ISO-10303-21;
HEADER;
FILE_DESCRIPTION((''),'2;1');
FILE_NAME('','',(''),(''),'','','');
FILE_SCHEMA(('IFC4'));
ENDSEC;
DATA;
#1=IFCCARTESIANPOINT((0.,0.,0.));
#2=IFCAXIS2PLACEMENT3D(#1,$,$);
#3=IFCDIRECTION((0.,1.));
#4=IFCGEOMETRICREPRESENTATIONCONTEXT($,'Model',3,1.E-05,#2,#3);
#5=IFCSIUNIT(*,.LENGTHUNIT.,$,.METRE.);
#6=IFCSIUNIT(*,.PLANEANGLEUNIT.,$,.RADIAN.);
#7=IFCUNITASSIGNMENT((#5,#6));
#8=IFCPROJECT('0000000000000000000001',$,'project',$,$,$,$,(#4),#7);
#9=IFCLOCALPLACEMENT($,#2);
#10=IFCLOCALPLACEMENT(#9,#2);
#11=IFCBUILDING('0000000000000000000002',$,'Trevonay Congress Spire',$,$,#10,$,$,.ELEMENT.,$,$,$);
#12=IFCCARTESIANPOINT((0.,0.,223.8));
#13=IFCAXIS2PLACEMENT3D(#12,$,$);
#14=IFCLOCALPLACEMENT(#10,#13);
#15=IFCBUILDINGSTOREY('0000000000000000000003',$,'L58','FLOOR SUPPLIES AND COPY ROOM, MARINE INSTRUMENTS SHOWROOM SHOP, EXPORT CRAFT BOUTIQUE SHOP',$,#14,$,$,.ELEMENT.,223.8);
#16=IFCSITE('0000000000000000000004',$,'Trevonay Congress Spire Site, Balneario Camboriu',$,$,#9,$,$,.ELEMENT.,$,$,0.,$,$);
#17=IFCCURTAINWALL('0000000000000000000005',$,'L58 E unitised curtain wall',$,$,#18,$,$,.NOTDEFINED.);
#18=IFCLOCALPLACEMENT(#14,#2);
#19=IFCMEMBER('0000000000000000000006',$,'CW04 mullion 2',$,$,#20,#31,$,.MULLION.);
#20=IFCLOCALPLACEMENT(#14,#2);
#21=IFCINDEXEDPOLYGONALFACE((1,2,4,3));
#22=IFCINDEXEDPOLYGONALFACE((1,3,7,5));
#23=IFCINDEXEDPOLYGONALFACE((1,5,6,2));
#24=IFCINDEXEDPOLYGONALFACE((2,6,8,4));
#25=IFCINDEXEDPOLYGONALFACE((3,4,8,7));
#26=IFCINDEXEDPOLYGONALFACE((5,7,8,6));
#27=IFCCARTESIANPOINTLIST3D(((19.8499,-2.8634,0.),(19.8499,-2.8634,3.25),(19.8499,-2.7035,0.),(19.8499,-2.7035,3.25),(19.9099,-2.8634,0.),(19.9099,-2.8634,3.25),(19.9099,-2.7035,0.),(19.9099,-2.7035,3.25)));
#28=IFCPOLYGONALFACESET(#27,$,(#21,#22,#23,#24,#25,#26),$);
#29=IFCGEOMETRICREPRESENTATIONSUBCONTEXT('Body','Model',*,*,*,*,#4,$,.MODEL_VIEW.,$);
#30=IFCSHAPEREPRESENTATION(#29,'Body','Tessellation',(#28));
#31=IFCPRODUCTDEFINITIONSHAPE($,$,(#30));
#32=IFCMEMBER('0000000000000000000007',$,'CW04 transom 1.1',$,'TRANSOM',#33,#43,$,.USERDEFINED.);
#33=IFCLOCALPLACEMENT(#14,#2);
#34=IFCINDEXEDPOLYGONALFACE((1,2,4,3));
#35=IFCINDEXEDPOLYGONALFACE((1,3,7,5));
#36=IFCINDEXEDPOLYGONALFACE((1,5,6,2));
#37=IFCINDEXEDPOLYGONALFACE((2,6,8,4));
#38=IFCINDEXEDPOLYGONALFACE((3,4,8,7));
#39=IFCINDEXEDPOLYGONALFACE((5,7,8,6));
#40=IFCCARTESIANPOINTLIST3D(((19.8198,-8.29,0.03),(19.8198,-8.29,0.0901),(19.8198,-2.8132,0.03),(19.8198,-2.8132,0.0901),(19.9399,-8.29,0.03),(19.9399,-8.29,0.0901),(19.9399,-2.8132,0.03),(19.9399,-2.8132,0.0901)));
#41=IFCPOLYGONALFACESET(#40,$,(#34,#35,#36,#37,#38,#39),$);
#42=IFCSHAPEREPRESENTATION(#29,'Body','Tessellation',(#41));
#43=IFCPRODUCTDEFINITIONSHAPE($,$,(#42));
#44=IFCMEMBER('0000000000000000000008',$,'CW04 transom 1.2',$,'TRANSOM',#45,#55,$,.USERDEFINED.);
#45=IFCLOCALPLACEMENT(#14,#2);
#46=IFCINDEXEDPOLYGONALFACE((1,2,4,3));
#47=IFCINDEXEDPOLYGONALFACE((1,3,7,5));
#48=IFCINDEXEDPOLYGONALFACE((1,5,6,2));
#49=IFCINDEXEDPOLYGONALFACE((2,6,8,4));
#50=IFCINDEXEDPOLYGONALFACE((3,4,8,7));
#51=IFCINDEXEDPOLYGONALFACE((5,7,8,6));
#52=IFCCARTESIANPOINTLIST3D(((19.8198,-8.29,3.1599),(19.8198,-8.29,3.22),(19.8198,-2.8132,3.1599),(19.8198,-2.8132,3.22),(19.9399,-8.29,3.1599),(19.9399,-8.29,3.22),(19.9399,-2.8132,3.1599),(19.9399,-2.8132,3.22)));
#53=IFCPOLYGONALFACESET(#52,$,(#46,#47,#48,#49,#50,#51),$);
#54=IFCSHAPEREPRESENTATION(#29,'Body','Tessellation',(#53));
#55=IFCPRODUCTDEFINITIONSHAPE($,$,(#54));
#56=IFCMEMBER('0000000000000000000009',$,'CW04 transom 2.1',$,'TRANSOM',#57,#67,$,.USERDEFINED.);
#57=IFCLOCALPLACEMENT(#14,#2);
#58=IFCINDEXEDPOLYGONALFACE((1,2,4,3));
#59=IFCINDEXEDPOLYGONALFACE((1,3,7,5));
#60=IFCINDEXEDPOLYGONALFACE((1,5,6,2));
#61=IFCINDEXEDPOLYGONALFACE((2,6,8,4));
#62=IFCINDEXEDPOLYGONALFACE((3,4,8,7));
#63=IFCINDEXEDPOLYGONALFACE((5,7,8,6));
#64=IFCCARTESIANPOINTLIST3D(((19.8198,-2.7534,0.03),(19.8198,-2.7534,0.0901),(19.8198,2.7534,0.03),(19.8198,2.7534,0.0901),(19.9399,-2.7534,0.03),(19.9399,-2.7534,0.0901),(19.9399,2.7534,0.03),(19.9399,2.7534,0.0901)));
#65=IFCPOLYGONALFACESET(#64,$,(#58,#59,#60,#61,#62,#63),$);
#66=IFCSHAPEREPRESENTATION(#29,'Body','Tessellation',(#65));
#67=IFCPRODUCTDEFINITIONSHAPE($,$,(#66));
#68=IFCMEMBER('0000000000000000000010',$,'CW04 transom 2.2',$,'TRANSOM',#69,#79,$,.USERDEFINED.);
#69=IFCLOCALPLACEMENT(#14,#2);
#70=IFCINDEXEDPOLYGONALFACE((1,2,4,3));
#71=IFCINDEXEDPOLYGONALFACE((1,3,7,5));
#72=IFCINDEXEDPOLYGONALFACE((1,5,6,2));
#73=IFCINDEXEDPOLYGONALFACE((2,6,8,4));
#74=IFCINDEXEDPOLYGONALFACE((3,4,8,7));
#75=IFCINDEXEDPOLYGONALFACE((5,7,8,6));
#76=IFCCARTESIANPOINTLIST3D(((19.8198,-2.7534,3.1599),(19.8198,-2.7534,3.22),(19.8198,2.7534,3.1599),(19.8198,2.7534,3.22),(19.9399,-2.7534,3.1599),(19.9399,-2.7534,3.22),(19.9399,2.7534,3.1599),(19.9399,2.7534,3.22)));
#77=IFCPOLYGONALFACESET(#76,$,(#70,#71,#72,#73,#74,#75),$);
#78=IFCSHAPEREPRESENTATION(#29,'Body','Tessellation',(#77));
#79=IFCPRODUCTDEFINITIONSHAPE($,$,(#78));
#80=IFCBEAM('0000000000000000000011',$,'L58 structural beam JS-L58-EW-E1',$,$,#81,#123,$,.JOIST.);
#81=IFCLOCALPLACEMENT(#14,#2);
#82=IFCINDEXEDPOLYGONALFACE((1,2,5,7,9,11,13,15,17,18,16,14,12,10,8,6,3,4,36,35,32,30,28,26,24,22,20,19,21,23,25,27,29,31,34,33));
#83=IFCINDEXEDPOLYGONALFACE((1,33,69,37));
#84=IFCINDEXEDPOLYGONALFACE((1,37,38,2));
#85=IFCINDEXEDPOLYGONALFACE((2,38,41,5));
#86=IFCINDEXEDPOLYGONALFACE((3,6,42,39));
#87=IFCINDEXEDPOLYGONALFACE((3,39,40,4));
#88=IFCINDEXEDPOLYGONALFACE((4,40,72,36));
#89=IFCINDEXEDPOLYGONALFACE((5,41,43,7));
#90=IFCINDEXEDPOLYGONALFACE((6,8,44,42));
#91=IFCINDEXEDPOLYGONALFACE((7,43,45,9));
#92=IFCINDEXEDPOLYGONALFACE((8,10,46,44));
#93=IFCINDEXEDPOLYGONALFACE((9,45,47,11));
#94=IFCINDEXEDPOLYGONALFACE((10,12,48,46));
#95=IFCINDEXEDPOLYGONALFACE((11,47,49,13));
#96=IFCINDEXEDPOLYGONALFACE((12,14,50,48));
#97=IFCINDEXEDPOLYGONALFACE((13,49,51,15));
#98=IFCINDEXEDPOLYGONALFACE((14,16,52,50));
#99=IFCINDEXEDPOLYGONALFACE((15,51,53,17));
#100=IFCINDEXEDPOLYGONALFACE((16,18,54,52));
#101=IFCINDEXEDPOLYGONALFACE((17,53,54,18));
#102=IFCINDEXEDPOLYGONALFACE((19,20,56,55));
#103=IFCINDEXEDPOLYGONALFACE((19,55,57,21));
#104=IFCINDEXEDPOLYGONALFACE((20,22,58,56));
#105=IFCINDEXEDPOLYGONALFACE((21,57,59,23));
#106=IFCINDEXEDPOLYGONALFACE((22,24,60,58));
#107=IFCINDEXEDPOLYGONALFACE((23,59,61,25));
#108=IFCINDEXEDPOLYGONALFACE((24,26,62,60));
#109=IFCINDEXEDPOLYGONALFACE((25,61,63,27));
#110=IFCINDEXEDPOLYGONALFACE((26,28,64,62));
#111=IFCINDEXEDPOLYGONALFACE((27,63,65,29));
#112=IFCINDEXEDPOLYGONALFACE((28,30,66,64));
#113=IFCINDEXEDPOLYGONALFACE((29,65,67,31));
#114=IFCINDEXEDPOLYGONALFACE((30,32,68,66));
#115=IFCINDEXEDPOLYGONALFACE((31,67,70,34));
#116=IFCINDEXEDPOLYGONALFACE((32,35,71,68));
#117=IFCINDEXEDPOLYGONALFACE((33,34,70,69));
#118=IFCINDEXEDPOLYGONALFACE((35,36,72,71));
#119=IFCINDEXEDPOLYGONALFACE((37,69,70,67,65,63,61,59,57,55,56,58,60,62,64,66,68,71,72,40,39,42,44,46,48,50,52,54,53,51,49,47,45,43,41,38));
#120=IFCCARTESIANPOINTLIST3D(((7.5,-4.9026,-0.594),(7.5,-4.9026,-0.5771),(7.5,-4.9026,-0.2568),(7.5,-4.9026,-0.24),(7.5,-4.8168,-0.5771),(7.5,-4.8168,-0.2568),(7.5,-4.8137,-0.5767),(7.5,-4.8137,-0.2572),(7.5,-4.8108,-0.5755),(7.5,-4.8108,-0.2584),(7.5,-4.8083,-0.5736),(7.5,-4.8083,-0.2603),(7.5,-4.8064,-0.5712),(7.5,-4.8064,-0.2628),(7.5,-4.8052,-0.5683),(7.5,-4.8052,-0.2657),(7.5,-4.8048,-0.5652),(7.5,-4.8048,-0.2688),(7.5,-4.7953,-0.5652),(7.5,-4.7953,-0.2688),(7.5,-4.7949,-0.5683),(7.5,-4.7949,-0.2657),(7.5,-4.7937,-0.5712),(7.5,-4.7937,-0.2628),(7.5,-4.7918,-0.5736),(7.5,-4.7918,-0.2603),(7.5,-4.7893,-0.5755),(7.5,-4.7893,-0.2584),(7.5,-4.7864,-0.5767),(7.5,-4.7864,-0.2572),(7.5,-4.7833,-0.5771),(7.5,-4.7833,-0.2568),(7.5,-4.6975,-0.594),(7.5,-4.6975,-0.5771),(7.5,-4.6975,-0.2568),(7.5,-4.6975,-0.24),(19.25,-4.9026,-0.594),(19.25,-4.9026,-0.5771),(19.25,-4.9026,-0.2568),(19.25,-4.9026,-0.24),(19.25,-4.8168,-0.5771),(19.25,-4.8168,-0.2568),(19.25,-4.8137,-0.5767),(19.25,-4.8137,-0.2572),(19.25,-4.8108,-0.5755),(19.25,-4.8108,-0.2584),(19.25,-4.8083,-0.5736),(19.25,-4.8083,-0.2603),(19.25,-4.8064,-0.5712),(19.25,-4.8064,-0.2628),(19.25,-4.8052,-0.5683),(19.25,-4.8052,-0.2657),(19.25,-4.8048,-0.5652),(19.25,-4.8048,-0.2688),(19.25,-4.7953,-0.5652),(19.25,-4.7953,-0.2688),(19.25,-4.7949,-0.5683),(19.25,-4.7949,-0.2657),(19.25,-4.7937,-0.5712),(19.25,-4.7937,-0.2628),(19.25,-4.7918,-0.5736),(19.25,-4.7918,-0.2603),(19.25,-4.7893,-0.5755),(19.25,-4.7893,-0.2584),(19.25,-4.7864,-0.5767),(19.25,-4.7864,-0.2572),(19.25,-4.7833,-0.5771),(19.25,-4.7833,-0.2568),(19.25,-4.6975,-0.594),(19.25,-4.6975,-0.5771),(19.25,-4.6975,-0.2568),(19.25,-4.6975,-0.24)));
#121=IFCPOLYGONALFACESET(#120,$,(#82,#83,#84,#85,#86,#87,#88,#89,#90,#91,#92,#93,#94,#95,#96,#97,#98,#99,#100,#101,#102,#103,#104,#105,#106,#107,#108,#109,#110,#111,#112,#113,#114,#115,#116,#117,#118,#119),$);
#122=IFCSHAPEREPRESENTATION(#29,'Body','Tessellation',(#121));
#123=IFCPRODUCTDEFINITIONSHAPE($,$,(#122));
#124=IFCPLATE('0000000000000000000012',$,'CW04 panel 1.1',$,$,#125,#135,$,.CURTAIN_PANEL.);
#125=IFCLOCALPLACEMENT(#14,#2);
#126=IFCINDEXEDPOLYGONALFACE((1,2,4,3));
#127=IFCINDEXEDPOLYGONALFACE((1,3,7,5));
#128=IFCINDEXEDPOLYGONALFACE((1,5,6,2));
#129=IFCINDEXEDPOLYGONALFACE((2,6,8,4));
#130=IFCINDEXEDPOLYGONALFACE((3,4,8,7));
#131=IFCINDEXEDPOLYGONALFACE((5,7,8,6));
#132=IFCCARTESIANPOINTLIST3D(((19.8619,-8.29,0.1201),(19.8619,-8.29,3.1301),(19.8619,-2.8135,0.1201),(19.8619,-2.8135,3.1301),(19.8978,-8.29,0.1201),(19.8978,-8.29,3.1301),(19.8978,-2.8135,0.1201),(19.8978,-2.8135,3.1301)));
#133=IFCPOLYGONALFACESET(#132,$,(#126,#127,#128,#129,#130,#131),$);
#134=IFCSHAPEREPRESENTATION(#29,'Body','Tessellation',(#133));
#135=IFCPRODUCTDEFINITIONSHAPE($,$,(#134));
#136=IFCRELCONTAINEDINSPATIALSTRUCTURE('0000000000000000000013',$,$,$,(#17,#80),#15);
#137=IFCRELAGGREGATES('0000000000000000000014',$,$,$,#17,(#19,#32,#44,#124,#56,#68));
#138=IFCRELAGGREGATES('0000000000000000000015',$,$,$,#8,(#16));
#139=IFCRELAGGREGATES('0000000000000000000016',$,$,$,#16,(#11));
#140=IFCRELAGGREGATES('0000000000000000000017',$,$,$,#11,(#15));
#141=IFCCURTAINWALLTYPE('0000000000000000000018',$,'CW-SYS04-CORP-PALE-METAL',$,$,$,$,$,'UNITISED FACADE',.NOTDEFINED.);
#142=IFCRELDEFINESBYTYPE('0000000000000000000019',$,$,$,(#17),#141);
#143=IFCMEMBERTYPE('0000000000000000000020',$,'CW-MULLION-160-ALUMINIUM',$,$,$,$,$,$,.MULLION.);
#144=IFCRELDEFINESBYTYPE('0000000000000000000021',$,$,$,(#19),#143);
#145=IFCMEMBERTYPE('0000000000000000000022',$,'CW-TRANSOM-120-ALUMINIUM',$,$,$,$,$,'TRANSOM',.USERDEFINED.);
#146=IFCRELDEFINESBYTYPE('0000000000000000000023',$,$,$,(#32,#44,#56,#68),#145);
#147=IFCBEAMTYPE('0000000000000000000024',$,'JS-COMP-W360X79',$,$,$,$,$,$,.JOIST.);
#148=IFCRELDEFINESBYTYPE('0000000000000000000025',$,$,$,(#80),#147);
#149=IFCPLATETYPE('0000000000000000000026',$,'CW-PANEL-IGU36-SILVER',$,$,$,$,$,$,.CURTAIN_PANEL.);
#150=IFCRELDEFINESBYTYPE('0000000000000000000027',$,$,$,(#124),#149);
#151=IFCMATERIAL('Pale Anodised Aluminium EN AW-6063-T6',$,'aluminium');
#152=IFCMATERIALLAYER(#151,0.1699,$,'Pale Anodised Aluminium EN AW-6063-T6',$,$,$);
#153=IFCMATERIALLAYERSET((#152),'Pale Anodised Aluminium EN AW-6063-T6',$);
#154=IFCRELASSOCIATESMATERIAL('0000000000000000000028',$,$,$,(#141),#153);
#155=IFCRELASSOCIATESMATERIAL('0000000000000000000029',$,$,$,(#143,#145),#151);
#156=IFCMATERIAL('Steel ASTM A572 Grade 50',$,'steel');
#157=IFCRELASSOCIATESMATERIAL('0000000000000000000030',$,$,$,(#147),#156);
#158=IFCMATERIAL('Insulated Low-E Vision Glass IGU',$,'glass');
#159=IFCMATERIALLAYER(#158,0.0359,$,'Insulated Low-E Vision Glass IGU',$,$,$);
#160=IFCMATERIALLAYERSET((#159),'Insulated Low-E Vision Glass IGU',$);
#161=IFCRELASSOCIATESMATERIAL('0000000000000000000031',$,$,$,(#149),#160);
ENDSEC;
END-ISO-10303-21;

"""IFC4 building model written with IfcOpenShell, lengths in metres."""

from ifc_helpers import new_model, si_unit, direction, frame, origin, origin_2d, place, context, subcontext, project, spatial, rectangle, i_section, extrude, material, layer, layer_set, material_profile, profile_set, type_object, element, aggregate, save


model = new_model("IFC4")

# Units and contexts
model_context = context("Model", 3, precision=1e-05, world=origin(), true_north=direction((0.0, 1.0)))
body_context = subcontext(model_context, "Body", "Model", "MODEL_VIEW")
ifc_project = project(units=[si_unit("LENGTHUNIT", "METRE"), si_unit("PLANEANGLEUNIT", "RADIAN")], contexts=[model_context])

# Site, building, storey
site_placement = place(None, origin())
site = spatial("IfcSite", under=ifc_project, at=site_placement, Name="Trevonay Congress Spire Site, Balneario Camboriu", CompositionType="ELEMENT", RefElevation=0.0)
building_placement = place(site_placement, origin())
building = spatial("IfcBuilding", under=site, at=building_placement, Name="Trevonay Congress Spire", CompositionType="ELEMENT")
storey_placement = place(building_placement, frame((0.0, 0.0, 223.8)))
storey = spatial("IfcBuildingStorey", under=building, at=storey_placement, Name="L58", Description="FLOOR SUPPLIES AND COPY ROOM, MARINE INSTRUMENTS SHOWROOM SHOP, EXPORT CRAFT BOUTIQUE SHOP", CompositionType="ELEMENT", Elevation=223.8)

# Shared definitions
ifc_material_1 = material(Name="Steel ASTM A572 Grade 50", Category="steel")

# Curtain wall, members
ifc_material_2 = material(Name="Pale Anodised Aluminium EN AW-6063-T6", Category="aluminium")
ifc_layer_1 = layer(ifc_material_2, 0.1699, Name="Pale Anodised Aluminium EN AW-6063-T6")
ifc_layer_set_1 = layer_set([ifc_layer_1], Name="Pale Anodised Aluminium EN AW-6063-T6")
curtain_wall_type = type_object("IfcCurtainWallType", Name="CW-SYS04-CORP-PALE-METAL", ElementType="UNITISED FACADE", PredefinedType="NOTDEFINED", material=ifc_layer_set_1)
curtain_wall_placement = place(storey_placement, origin())
curtain_wall = element("IfcCurtainWall", 1, at=curtain_wall_placement, inside=storey, type_object=curtain_wall_type, Name="L58 E unitised curtain wall", PredefinedType="NOTDEFINED")
ifc_material_profile_1 = material_profile(ifc_material_2, rectangle(XDim=0.0601, YDim=0.1599, at=origin_2d()), Name="CW-MULLION-160-ALUMINIUM")
ifc_profile_set_1 = profile_set([ifc_material_profile_1], Name="Pale Anodised Aluminium EN AW-6063-T6")
member_type_1 = type_object("IfcMemberType", Name="CW-MULLION-160-ALUMINIUM", PredefinedType="MULLION", material=ifc_profile_set_1)
member_1_placement = place(storey_placement, frame((19.8799, -2.7834, 0.0), z_axis=(0.0, 0.0, 1.0), x_axis=(-1.0, 0.0, 0.0)))
member_1 = element("IfcMember", 2, at=member_1_placement, type_object=member_type_1, Name="CW04 mullion 2", PredefinedType="MULLION", context=body_context, shape_type="SweptSolid", body=[
    extrude(rectangle(XDim=0.0601, YDim=0.1599, at=origin_2d()), origin(), (0.0, 0.0, 1.0), 3.25),
])
ifc_material_profile_2 = material_profile(ifc_material_2, rectangle(XDim=0.1201, YDim=0.0601, at=origin_2d()), Name="CW-TRANSOM-120-ALUMINIUM")
ifc_profile_set_2 = profile_set([ifc_material_profile_2], Name="Pale Anodised Aluminium EN AW-6063-T6")
member_type_2 = type_object("IfcMemberType", Name="CW-TRANSOM-120-ALUMINIUM", ElementType="TRANSOM", PredefinedType="USERDEFINED", material=ifc_profile_set_2)
member_2_placement = place(storey_placement, frame((19.8799, -8.29, 0.0601), z_axis=(0.0, 1.0, 0.0), x_axis=(-1.0, 0.0, 0.0)))
member_2 = element("IfcMember", 3, at=member_2_placement, type_object=member_type_2, Name="CW04 transom 1.1", ObjectType="TRANSOM", PredefinedType="USERDEFINED", context=body_context, shape_type="SweptSolid", body=[
    extrude(rectangle(XDim=0.1201, YDim=0.0601, at=origin_2d()), origin(), (0.0, 0.0, 1.0), 5.4768),
])
member_3_placement = place(storey_placement, frame((19.8799, -8.29, 3.1899), z_axis=(0.0, 1.0, 0.0), x_axis=(-1.0, 0.0, 0.0)))
member_3 = element("IfcMember", 4, at=member_3_placement, type_object=member_type_2, Name="CW04 transom 1.2", ObjectType="TRANSOM", PredefinedType="USERDEFINED", context=body_context, shape_type="SweptSolid", body=[
    extrude(rectangle(XDim=0.1201, YDim=0.0601, at=origin_2d()), origin(), (0.0, 0.0, 1.0), 5.4768),
])
member_4_placement = place(storey_placement, frame((19.8799, -2.7534, 0.0601), z_axis=(0.0, 1.0, 0.0), x_axis=(-1.0, 0.0, 0.0)))
member_4 = element("IfcMember", 5, at=member_4_placement, type_object=member_type_2, Name="CW04 transom 2.1", ObjectType="TRANSOM", PredefinedType="USERDEFINED", context=body_context, shape_type="SweptSolid", body=[
    extrude(rectangle(XDim=0.1201, YDim=0.0601, at=origin_2d()), origin(), (0.0, 0.0, 1.0), 5.5068),
])
member_5_placement = place(storey_placement, frame((19.8799, -2.7534, 3.1899), z_axis=(0.0, 1.0, 0.0), x_axis=(-1.0, 0.0, 0.0)))
member_5 = element("IfcMember", 6, at=member_5_placement, type_object=member_type_2, Name="CW04 transom 2.2", ObjectType="TRANSOM", PredefinedType="USERDEFINED", context=body_context, shape_type="SweptSolid", body=[
    extrude(rectangle(XDim=0.1201, YDim=0.0601, at=origin_2d()), origin(), (0.0, 0.0, 1.0), 5.5068),
])

# Beam
ifc_material_profile_3 = material_profile(ifc_material_1, i_section(OverallWidth=0.2051, OverallDepth=0.354, WebThickness=0.0095, FlangeThickness=0.0168, FilletRadius=0.012, at=origin_2d()), Name="W360x79")
ifc_profile_set_3 = profile_set([ifc_material_profile_3], Name="Steel ASTM A572 Grade 50")
beam_type_1 = type_object("IfcBeamType", Name="JS-COMP-W360X79", PredefinedType="JOIST", material=ifc_profile_set_3)
beam_1_placement = place(storey_placement, frame((7.5, -4.8, -0.417), z_axis=(1.0, 0.0, 0.0), x_axis=(0.0, 1.0, 0.0)))
element("IfcBeam", 7, at=beam_1_placement, inside=storey, type_object=beam_type_1, Name="L58 structural beam JS-L58-EW-E1", PredefinedType="JOIST", context=body_context, shape_type="SweptSolid", body=[
    extrude(i_section(OverallWidth=0.2051, OverallDepth=0.354, WebThickness=0.0095, FlangeThickness=0.0168, FilletRadius=0.012, at=origin_2d()), origin(), (0.0, 0.0, 1.0), 11.75),
])

# Plate
ifc_material_3 = material(Name="Insulated Low-E Vision Glass IGU", Category="glass")
ifc_layer_2 = layer(ifc_material_3, 0.0359, Name="Insulated Low-E Vision Glass IGU")
ifc_layer_set_2 = layer_set([ifc_layer_2], Name="Insulated Low-E Vision Glass IGU")
plate_type = type_object("IfcPlateType", Name="CW-PANEL-IGU36-SILVER", PredefinedType="CURTAIN_PANEL", material=ifc_layer_set_2)
plate_placement = place(storey_placement, frame((19.8799, -5.5518, 0.1201), z_axis=(0.0, 0.0, 1.0), x_axis=(0.0, 1.0, 0.0)))
plate = element("IfcPlate", 8, at=plate_placement, type_object=plate_type, Name="CW04 panel 1.1", PredefinedType="CURTAIN_PANEL", context=body_context, shape_type="SweptSolid", body=[
    extrude(rectangle(XDim=5.4766, YDim=0.0359, at=origin_2d()), origin(), (0.0, 0.0, 1.0), 3.01),
])
aggregate(curtain_wall, [member_1, member_2, member_3, plate, member_4, member_5])

save(model, "model.ifc")
